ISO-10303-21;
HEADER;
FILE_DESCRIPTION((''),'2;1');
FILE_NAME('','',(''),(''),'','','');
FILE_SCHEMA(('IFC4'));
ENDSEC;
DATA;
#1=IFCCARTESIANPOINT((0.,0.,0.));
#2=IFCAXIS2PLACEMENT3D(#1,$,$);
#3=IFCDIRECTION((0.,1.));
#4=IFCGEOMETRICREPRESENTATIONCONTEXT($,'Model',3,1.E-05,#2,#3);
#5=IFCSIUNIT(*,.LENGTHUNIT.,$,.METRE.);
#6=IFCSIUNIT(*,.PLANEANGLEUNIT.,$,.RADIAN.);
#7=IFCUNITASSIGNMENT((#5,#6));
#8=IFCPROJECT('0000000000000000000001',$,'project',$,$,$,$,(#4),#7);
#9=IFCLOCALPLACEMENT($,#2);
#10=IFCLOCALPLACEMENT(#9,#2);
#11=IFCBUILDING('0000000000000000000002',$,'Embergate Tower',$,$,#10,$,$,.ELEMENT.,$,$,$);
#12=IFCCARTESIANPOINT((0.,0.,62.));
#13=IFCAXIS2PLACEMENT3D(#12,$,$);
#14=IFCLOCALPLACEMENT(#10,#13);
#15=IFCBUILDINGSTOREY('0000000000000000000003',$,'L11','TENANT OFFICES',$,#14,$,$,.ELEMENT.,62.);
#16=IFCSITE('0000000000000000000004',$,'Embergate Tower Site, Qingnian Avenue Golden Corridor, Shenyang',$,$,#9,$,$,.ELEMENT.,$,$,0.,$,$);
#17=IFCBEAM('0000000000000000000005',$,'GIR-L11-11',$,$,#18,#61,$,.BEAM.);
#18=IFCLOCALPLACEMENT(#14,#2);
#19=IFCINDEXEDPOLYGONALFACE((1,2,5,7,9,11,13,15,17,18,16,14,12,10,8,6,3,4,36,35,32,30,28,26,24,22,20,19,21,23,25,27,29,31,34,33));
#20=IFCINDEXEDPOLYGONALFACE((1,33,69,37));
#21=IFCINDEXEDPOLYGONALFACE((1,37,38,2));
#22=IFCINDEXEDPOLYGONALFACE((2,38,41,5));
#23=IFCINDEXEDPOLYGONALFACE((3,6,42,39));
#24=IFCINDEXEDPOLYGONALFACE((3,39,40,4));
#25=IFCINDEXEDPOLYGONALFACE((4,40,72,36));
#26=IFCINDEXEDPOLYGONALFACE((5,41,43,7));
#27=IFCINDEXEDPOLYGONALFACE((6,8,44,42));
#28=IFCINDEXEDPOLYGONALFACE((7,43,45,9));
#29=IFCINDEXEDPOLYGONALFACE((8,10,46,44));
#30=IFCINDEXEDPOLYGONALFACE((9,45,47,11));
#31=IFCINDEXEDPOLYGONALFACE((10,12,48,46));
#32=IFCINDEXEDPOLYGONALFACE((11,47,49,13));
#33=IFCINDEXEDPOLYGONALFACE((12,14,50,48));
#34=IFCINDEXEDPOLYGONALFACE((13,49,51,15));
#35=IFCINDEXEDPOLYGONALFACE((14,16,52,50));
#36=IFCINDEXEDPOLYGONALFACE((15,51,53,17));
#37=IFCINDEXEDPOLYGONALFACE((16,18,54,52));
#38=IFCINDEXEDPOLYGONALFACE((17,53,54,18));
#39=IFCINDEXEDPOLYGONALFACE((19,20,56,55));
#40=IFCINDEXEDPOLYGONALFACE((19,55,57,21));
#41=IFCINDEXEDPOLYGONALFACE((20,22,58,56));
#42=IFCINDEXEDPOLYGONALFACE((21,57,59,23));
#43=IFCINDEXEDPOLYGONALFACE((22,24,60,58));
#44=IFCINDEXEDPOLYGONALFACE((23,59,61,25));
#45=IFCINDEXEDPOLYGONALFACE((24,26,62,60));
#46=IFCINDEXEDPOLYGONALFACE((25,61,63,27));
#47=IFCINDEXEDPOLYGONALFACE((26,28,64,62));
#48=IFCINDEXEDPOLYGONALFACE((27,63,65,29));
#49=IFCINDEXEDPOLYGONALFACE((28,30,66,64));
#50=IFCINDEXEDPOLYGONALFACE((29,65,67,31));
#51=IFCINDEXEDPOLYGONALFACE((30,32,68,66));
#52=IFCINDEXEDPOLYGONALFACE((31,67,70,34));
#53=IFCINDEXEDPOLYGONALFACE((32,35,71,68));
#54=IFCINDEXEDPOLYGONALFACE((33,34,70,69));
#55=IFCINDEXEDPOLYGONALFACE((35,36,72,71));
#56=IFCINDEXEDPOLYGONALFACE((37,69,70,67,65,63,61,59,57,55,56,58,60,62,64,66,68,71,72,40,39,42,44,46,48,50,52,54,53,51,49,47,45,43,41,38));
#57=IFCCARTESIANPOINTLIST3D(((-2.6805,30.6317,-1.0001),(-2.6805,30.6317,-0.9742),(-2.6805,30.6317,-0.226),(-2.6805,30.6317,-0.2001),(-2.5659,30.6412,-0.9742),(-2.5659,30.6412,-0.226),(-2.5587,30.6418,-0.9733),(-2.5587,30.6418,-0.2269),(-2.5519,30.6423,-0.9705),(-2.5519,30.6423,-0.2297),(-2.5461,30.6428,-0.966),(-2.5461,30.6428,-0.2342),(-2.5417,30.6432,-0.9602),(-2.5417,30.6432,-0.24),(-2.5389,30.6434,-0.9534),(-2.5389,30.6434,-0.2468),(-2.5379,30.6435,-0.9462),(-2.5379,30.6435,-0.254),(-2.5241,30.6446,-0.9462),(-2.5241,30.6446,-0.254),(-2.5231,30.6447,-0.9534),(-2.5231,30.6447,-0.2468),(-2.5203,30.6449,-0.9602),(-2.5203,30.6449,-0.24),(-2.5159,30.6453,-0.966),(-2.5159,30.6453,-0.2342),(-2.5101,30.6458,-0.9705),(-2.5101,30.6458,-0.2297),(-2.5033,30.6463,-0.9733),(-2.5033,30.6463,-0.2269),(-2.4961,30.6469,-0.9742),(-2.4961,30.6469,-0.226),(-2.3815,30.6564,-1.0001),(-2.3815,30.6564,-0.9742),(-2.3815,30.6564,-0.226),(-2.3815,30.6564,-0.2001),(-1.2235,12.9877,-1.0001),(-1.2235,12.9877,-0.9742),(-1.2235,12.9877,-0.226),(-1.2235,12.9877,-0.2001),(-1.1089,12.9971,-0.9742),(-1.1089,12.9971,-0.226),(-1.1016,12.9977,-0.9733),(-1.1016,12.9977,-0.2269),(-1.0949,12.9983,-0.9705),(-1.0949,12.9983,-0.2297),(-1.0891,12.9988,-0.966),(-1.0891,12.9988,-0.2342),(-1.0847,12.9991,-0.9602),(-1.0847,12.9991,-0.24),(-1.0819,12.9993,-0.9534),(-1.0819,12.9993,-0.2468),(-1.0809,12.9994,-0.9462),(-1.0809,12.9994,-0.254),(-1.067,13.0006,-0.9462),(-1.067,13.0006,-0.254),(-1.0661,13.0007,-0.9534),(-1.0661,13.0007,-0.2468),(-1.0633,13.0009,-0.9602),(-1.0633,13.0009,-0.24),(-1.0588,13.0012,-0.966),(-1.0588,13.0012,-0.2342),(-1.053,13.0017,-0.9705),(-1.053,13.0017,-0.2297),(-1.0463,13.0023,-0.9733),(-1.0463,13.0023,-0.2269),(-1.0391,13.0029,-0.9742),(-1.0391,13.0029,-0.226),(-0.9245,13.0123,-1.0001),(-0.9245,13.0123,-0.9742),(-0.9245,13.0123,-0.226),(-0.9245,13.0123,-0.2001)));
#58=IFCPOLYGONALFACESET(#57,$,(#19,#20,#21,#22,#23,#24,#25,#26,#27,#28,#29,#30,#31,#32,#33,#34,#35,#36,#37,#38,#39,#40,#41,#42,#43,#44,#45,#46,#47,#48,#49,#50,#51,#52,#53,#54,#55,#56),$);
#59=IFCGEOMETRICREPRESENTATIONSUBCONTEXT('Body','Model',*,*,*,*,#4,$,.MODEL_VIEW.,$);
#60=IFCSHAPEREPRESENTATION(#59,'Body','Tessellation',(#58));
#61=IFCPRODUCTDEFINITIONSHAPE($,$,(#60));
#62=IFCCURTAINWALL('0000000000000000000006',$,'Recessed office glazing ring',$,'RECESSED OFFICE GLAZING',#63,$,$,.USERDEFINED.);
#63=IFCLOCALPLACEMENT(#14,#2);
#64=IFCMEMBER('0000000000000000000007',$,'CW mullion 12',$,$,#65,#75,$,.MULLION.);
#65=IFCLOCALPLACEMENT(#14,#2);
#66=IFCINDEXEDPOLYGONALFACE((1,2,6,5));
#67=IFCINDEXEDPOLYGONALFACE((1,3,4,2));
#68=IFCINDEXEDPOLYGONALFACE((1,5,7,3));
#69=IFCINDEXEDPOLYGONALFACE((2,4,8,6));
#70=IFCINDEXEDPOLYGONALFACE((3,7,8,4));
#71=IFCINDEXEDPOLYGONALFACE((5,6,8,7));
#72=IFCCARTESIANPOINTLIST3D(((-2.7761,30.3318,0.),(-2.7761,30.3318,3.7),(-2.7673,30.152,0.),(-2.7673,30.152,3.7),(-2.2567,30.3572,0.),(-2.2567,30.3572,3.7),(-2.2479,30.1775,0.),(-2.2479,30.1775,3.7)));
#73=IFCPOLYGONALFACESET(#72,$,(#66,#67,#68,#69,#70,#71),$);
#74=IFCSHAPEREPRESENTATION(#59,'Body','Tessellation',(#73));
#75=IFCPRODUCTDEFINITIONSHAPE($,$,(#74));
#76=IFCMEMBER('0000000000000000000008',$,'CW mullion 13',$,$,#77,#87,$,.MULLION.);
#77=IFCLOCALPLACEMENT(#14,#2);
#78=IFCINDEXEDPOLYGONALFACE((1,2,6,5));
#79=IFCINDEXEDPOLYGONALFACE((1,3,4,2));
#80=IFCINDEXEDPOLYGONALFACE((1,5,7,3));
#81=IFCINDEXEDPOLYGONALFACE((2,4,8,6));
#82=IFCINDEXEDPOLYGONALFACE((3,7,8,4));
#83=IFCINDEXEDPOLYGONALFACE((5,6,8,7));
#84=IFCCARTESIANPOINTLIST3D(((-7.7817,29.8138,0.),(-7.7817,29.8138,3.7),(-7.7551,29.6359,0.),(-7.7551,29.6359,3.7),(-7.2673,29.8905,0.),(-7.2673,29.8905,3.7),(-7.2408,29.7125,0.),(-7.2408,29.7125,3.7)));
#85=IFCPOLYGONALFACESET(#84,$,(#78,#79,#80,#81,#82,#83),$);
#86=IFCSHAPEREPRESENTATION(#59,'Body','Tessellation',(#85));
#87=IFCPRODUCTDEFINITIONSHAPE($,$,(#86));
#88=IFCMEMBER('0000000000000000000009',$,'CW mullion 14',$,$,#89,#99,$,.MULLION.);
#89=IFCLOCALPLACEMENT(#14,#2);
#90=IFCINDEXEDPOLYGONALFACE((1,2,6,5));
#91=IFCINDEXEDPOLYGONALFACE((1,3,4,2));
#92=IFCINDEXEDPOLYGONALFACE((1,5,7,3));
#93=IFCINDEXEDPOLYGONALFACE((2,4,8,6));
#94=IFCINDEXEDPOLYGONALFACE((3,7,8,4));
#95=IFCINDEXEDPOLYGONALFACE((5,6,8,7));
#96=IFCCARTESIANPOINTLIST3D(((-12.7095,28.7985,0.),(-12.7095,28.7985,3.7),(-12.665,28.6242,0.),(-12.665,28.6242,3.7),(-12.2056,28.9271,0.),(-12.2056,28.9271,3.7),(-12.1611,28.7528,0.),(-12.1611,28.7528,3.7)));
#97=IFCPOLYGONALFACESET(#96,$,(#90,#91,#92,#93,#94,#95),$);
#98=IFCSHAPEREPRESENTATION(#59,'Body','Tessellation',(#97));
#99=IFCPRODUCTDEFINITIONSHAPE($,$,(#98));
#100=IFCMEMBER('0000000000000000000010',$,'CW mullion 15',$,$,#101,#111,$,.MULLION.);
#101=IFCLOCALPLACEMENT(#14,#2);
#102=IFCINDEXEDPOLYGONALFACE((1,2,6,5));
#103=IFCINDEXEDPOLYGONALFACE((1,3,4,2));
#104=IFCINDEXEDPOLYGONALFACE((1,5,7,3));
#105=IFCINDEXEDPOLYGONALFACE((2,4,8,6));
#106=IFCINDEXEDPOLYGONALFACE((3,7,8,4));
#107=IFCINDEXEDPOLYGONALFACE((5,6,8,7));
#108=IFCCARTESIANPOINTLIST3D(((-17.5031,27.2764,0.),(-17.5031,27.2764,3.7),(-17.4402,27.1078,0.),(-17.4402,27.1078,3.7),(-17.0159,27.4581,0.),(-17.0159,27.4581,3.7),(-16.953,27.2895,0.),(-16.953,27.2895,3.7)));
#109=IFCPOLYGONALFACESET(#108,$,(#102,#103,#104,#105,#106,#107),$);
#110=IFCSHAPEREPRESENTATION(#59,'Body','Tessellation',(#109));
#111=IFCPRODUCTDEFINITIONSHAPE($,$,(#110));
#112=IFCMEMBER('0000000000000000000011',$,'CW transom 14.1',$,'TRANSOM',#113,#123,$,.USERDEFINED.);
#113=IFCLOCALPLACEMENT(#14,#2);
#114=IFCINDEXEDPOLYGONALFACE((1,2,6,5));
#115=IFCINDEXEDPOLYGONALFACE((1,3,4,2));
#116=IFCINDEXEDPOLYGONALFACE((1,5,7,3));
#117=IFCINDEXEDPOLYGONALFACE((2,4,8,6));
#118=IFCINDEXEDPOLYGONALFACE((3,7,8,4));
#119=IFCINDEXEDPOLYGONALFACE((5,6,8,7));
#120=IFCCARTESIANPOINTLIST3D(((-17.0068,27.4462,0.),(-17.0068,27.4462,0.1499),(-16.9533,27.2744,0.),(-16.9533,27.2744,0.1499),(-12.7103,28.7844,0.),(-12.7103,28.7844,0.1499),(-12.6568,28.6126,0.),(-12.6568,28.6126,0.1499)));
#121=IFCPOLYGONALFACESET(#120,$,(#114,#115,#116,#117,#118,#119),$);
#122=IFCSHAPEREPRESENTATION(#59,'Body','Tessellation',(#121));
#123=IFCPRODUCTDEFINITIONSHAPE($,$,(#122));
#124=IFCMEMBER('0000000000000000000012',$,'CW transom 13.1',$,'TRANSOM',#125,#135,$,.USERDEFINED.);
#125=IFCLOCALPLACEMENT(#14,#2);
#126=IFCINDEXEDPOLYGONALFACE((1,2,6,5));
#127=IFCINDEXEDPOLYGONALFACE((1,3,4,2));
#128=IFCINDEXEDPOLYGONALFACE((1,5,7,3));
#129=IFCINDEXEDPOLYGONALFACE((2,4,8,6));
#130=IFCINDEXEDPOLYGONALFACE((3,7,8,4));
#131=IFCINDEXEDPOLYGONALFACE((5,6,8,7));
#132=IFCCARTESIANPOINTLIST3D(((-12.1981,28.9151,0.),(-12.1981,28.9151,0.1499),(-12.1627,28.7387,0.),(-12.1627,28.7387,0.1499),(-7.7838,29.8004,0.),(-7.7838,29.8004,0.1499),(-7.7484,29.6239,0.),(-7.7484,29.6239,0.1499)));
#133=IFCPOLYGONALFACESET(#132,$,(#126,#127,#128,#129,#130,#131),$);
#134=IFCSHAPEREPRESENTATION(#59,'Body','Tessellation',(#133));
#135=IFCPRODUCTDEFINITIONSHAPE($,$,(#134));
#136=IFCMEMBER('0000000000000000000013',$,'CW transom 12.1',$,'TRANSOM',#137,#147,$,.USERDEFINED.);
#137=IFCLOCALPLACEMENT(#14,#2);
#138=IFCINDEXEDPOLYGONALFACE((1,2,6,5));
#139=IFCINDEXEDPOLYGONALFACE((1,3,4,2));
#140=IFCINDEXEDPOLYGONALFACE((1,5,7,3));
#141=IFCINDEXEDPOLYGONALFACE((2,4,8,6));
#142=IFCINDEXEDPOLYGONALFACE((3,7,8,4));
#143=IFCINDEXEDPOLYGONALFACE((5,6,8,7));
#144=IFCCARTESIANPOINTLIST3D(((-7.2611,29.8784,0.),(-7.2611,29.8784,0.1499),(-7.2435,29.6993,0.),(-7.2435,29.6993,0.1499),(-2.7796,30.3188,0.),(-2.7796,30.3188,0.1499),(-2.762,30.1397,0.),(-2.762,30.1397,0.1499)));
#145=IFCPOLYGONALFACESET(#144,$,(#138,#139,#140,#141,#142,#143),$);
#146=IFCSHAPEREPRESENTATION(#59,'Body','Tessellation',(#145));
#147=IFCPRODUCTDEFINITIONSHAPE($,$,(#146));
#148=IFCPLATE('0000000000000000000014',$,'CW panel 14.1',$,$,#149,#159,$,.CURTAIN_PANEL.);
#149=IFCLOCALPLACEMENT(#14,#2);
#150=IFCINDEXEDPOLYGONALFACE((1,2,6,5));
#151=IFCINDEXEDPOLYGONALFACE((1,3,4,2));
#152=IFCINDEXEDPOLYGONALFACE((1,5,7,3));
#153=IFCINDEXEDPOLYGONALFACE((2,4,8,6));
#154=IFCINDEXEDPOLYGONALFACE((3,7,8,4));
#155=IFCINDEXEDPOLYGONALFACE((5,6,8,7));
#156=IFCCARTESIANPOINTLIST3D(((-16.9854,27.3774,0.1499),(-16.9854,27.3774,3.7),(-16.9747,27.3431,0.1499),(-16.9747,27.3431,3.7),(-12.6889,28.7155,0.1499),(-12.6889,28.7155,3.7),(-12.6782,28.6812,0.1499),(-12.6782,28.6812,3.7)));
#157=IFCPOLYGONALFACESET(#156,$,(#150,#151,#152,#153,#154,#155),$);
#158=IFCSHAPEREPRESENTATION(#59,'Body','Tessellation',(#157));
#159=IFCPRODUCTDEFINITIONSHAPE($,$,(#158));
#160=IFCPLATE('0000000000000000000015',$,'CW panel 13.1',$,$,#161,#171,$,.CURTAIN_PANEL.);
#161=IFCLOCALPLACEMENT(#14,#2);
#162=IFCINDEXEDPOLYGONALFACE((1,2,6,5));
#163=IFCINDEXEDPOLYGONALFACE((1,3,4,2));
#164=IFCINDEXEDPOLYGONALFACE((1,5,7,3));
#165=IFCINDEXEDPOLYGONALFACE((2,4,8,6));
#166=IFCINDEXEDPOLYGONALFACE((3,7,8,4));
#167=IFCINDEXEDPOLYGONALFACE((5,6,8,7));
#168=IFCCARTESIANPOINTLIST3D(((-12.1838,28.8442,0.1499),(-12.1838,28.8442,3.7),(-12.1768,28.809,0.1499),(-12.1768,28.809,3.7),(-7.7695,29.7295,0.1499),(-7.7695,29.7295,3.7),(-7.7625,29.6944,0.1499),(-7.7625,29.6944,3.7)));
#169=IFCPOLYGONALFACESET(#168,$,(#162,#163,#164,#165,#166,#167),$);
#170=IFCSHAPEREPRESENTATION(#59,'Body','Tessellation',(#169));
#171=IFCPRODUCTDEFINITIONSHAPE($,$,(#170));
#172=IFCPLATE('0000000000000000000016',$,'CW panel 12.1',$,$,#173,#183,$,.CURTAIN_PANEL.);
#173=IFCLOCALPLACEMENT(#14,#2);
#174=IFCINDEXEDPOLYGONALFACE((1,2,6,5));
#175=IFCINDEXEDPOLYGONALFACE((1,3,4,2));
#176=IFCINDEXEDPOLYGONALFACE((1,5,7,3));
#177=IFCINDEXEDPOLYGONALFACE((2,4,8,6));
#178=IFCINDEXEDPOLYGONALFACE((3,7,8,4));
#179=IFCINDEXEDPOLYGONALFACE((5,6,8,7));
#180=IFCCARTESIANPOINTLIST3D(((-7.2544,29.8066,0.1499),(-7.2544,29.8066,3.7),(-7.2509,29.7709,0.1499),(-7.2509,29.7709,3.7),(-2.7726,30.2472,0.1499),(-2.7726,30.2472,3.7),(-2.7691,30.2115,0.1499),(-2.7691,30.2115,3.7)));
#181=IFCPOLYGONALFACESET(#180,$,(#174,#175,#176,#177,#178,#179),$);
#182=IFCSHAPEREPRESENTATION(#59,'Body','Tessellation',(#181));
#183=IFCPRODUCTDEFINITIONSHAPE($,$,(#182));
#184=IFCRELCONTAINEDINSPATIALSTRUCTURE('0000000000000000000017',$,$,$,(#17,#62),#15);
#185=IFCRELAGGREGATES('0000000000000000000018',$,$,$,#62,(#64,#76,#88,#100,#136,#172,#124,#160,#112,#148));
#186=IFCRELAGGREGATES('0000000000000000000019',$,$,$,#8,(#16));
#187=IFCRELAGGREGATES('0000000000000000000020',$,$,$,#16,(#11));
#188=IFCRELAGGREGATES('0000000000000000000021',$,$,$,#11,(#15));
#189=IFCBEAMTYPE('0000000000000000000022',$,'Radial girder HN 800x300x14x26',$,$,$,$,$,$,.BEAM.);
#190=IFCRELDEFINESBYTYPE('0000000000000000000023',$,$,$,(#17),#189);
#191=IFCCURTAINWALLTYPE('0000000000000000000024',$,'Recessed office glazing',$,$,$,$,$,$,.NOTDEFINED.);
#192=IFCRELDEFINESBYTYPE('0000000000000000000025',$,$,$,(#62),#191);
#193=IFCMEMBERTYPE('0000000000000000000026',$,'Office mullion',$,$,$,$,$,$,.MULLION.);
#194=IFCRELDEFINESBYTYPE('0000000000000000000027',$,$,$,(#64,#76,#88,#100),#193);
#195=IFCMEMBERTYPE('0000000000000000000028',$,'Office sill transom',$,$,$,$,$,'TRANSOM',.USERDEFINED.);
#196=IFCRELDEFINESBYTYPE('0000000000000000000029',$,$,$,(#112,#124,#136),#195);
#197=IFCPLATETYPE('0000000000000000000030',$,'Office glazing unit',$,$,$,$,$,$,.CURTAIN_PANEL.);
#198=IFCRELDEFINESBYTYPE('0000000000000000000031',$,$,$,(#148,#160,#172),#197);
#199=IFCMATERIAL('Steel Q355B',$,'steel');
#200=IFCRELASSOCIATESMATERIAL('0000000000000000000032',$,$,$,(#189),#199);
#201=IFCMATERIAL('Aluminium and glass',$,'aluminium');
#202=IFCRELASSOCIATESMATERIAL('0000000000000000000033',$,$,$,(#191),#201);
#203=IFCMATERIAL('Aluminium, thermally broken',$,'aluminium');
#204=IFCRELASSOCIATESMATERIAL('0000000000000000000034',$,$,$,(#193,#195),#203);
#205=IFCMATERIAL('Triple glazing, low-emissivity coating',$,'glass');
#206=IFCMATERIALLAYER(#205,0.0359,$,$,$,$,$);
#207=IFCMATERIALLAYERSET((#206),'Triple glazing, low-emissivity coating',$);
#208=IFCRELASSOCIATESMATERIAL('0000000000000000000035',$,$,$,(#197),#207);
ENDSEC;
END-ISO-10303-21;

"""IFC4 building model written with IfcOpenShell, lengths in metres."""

from ifc_helpers import new_model, si_unit, direction, frame, origin, origin_2d, place, context, subcontext, project, spatial, rectangle, i_section, extrude, source, transform, mapped, material, layer, layer_set, material_profile, profile_set, type_object, element, aggregate, save


model = new_model("IFC4")

# Units and contexts
model_context = context("Model", 3, precision=1e-05, world=origin(), true_north=direction((0.0, 1.0)))
body_context = subcontext(model_context, "Body", "Model", "MODEL_VIEW")
ifc_project = project(units=[si_unit("LENGTHUNIT", "METRE"), si_unit("PLANEANGLEUNIT", "RADIAN")], contexts=[model_context])

# Site, building, storey
site_placement = place(None, origin())
site = spatial("IfcSite", under=ifc_project, at=site_placement, Name="Embergate Tower Site, Qingnian Avenue Golden Corridor, Shenyang", CompositionType="ELEMENT", RefElevation=0.0)
building_placement = place(site_placement, origin())
building = spatial("IfcBuilding", under=site, at=building_placement, Name="Embergate Tower", CompositionType="ELEMENT")
storey_placement = place(building_placement, frame((0.0, 0.0, 62.0)))
storey = spatial("IfcBuildingStorey", under=building, at=storey_placement, Name="L11", Description="TENANT OFFICES", CompositionType="ELEMENT", Elevation=62.0)

# Beam
ifc_material_1 = material(Name="Steel Q355B", Category="steel")
ifc_material_profile_1 = material_profile(ifc_material_1, i_section(OverallWidth=0.3, OverallDepth=0.8, WebThickness=0.0139, FlangeThickness=0.0259, FilletRadius=0.0281, at=origin_2d()), Name="HN 800x300x14x26")
ifc_profile_set_1 = profile_set([ifc_material_profile_1], Name="Steel Q355 grade B")
beam_type_1 = type_object("IfcBeamType", Name="Radial girder HN 800x300x14x26", PredefinedType="BEAM", material=ifc_profile_set_1)
shared_shape_1 = source(origin(), body_context, "Body", "SweptSolid", [
    extrude(i_section(OverallWidth=0.3, OverallDepth=0.8, WebThickness=0.0139, FlangeThickness=0.0259, FilletRadius=0.0281, at=origin_2d()), origin(), (0.0, 0.0, 1.0), 17.7041),
])
beam_1_placement = place(storey_placement, frame((-2.531, 30.644, -0.6001), z_axis=(0.082299, -0.996608, 0.0), x_axis=(0.996608, 0.082299, 0.0)))
element("IfcBeam", 1, at=beam_1_placement, inside=storey, type_object=beam_type_1, Name="GIR-L11-11", PredefinedType="BEAM", context=body_context, shape_type="MappedRepresentation", body=[
    mapped(shared_shape_1, transform((0.0, 0.0, 0.0))),
])

# Curtain wall, members, plates
ifc_material_2 = material(Name="Aluminium and glass", Category="aluminium")
curtain_wall_type = type_object("IfcCurtainWallType", Name="Recessed office glazing", PredefinedType="NOTDEFINED", material=ifc_material_2)
curtain_wall_placement = place(storey_placement, origin())
curtain_wall = element("IfcCurtainWall", 2, at=curtain_wall_placement, inside=storey, type_object=curtain_wall_type, Name="Recessed office glazing ring", ObjectType="RECESSED OFFICE GLAZING", PredefinedType="USERDEFINED")
ifc_material_3 = material(Name="Aluminium, thermally broken", Category="aluminium")
ifc_material_profile_2 = material_profile(ifc_material_3, rectangle(XDim=0.1799, YDim=0.52, at=origin_2d()), Name="AL 520x180")
ifc_profile_set_2 = profile_set([ifc_material_profile_2], Name="Aluminium, thermally broken")
member_type_1 = type_object("IfcMemberType", Name="Office mullion", PredefinedType="MULLION", material=ifc_profile_set_2)
shared_shape_2 = source(origin(), body_context, "Body", "SweptSolid", [
    extrude(rectangle(XDim=0.1799, YDim=0.52, at=origin_2d()), origin(), (0.0, 0.0, 1.0), 3.7),
])
member_1_placement = place(storey_placement, frame((-2.512, 30.2546, 0.0), z_axis=(0.0, 0.0, 1.0), x_axis=(0.048972, -0.9988, 0.0)))
member_1 = element("IfcMember", 3, at=member_1_placement, type_object=member_type_1, Name="CW mullion 12", PredefinedType="MULLION", context=body_context, shape_type="MappedRepresentation", body=[
    mapped(shared_shape_2, transform((0.0, 0.0, 0.0))),
])
member_2_placement = place(storey_placement, frame((-7.5112, 29.7632, 0.0), z_axis=(0.0, 0.0, 1.0), x_axis=(0.147416, -0.989075, 0.0)))
member_2 = element("IfcMember", 4, at=member_2_placement, type_object=member_type_1, Name="CW mullion 13", PredefinedType="MULLION", context=body_context, shape_type="MappedRepresentation", body=[
    mapped(shared_shape_2, transform((0.0, 0.0, 0.0))),
])
member_3_placement = place(storey_placement, frame((-12.4353, 28.7756, 0.0), z_axis=(0.0, 0.0, 1.0), x_axis=(0.247319, -0.968934, 0.0)))
member_3 = element("IfcMember", 5, at=member_3_placement, type_object=member_type_1, Name="CW mullion 14", PredefinedType="MULLION", context=body_context, shape_type="MappedRepresentation", body=[
    mapped(shared_shape_2, transform((0.0, 0.0, 0.0))),
])
member_4_placement = place(storey_placement, frame((-17.228, 27.283, 0.0), z_axis=(0.0, 0.0, 1.0), x_axis=(0.349511, -0.936932, 0.0)))
member_4 = element("IfcMember", 6, at=member_4_placement, type_object=member_type_1, Name="CW mullion 15", PredefinedType="MULLION", context=body_context, shape_type="MappedRepresentation", body=[
    mapped(shared_shape_2, transform((0.0, 0.0, 0.0))),
])
ifc_material_profile_3 = material_profile(ifc_material_3, rectangle(XDim=0.1799, YDim=0.1499, at=origin_2d()), Name="AL 150x180")
ifc_profile_set_3 = profile_set([ifc_material_profile_3], Name="Aluminium, thermally broken")
member_type_2 = type_object("IfcMemberType", Name="Office sill transom", ElementType="TRANSOM", PredefinedType="USERDEFINED", material=ifc_profile_set_3)
shared_shape_3 = source(origin(), body_context, "Body", "SweptSolid", [
    extrude(rectangle(XDim=0.1799, YDim=0.1499, at=origin_2d()), origin(), (0.0, 0.0, 1.0), 4.5),
])
member_5_placement = place(storey_placement, frame((-12.6836, 28.6985, 0.075), z_axis=(-0.954763, -0.297367, 0.0), x_axis=(0.297367, -0.954763, 0.0)))
member_5 = element("IfcMember", 7, at=member_5_placement, type_object=member_type_2, Name="CW transom 14.1", ObjectType="TRANSOM", PredefinedType="USERDEFINED", context=body_context, shape_type="MappedRepresentation", body=[
    mapped(shared_shape_3, transform((0.0, 0.0, 0.0))),
])
shared_shape_4 = source(origin(), body_context, "Body", "SweptSolid", [
    extrude(rectangle(XDim=0.1799, YDim=0.1499, at=origin_2d()), origin(), (0.0, 0.0, 1.0), 4.5022),
])
member_6_placement = place(storey_placement, frame((-7.7661, 29.7122, 0.075), z_axis=(-0.980478, -0.196627, 0.0), x_axis=(0.196627, -0.980478, 0.0)))
member_6 = element("IfcMember", 8, at=member_6_placement, type_object=member_type_2, Name="CW transom 13.1", ObjectType="TRANSOM", PredefinedType="USERDEFINED", context=body_context, shape_type="MappedRepresentation", body=[
    mapped(shared_shape_4, transform((0.0, 0.0, 0.0))),
])
shared_shape_5 = source(origin(), body_context, "Body", "SweptSolid", [
    extrude(rectangle(XDim=0.1799, YDim=0.1499, at=origin_2d()), origin(), (0.0, 0.0, 1.0), 4.5032),
])
member_7_placement = place(storey_placement, frame((-2.7708, 30.2292, 0.075), z_axis=(-0.995206, -0.097802, 0.0), x_axis=(0.097802, -0.995206, 0.0)))
member_7 = element("IfcMember", 9, at=member_7_placement, type_object=member_type_2, Name="CW transom 12.1", ObjectType="TRANSOM", PredefinedType="USERDEFINED", context=body_context, shape_type="MappedRepresentation", body=[
    mapped(shared_shape_5, transform((0.0, 0.0, 0.0))),
])
ifc_material_4 = material(Name="Triple glazing, low-emissivity coating", Category="glass")
ifc_layer_1 = layer(ifc_material_4, 0.0359)
ifc_layer_set_1 = layer_set([ifc_layer_1], Name="Triple glazing, low-emissivity coating")
plate_type = type_object("IfcPlateType", Name="Office glazing unit", PredefinedType="CURTAIN_PANEL", material=ifc_layer_set_1)
shared_shape_6 = source(origin(), body_context, "Body", "SweptSolid", [
    extrude(rectangle(XDim=4.5, YDim=0.0359, at=origin_2d()), origin(), (0.0, 0.0, 1.0), 3.55),
])
plate_1_placement = place(storey_placement, frame((-14.8318, 28.0293, 0.1499), z_axis=(0.0, 0.0, 1.0), x_axis=(-0.95477, -0.297345, 0.0)))
plate_1 = element("IfcPlate", 10, at=plate_1_placement, type_object=plate_type, Name="CW panel 14.1", PredefinedType="CURTAIN_PANEL", context=body_context, shape_type="MappedRepresentation", body=[
    mapped(shared_shape_6, transform((0.0, 0.0, 0.0))),
])
shared_shape_7 = source(origin(), body_context, "Body", "SweptSolid", [
    extrude(rectangle(XDim=4.5022, YDim=0.0359, at=origin_2d()), origin(), (0.0, 0.0, 1.0), 3.55),
])
plate_2_placement = place(storey_placement, frame((-9.9731, 29.2693, 0.1499), z_axis=(0.0, 0.0, 1.0), x_axis=(-0.980475, -0.196644, 0.0)))
plate_2 = element("IfcPlate", 11, at=plate_2_placement, type_object=plate_type, Name="CW panel 13.1", PredefinedType="CURTAIN_PANEL", context=body_context, shape_type="MappedRepresentation", body=[
    mapped(shared_shape_7, transform((0.0, 0.0, 0.0))),
])
shared_shape_8 = source(origin(), body_context, "Body", "SweptSolid", [
    extrude(rectangle(XDim=4.5034, YDim=0.0359, at=origin_2d()), origin(), (0.0, 0.0, 1.0), 3.55),
])
plate_3_placement = place(storey_placement, frame((-5.0117, 30.009, 0.1499), z_axis=(0.0, 0.0, 1.0), x_axis=(-0.995203, -0.097831, 0.0)))
plate_3 = element("IfcPlate", 12, at=plate_3_placement, type_object=plate_type, Name="CW panel 12.1", PredefinedType="CURTAIN_PANEL", context=body_context, shape_type="MappedRepresentation", body=[
    mapped(shared_shape_8, transform((0.0, 0.0, 0.0))),
])
aggregate(curtain_wall, [member_1, member_2, member_3, member_4, member_7, plate_3, member_6, plate_2, member_5, plate_1])

save(model, "model.ifc")
